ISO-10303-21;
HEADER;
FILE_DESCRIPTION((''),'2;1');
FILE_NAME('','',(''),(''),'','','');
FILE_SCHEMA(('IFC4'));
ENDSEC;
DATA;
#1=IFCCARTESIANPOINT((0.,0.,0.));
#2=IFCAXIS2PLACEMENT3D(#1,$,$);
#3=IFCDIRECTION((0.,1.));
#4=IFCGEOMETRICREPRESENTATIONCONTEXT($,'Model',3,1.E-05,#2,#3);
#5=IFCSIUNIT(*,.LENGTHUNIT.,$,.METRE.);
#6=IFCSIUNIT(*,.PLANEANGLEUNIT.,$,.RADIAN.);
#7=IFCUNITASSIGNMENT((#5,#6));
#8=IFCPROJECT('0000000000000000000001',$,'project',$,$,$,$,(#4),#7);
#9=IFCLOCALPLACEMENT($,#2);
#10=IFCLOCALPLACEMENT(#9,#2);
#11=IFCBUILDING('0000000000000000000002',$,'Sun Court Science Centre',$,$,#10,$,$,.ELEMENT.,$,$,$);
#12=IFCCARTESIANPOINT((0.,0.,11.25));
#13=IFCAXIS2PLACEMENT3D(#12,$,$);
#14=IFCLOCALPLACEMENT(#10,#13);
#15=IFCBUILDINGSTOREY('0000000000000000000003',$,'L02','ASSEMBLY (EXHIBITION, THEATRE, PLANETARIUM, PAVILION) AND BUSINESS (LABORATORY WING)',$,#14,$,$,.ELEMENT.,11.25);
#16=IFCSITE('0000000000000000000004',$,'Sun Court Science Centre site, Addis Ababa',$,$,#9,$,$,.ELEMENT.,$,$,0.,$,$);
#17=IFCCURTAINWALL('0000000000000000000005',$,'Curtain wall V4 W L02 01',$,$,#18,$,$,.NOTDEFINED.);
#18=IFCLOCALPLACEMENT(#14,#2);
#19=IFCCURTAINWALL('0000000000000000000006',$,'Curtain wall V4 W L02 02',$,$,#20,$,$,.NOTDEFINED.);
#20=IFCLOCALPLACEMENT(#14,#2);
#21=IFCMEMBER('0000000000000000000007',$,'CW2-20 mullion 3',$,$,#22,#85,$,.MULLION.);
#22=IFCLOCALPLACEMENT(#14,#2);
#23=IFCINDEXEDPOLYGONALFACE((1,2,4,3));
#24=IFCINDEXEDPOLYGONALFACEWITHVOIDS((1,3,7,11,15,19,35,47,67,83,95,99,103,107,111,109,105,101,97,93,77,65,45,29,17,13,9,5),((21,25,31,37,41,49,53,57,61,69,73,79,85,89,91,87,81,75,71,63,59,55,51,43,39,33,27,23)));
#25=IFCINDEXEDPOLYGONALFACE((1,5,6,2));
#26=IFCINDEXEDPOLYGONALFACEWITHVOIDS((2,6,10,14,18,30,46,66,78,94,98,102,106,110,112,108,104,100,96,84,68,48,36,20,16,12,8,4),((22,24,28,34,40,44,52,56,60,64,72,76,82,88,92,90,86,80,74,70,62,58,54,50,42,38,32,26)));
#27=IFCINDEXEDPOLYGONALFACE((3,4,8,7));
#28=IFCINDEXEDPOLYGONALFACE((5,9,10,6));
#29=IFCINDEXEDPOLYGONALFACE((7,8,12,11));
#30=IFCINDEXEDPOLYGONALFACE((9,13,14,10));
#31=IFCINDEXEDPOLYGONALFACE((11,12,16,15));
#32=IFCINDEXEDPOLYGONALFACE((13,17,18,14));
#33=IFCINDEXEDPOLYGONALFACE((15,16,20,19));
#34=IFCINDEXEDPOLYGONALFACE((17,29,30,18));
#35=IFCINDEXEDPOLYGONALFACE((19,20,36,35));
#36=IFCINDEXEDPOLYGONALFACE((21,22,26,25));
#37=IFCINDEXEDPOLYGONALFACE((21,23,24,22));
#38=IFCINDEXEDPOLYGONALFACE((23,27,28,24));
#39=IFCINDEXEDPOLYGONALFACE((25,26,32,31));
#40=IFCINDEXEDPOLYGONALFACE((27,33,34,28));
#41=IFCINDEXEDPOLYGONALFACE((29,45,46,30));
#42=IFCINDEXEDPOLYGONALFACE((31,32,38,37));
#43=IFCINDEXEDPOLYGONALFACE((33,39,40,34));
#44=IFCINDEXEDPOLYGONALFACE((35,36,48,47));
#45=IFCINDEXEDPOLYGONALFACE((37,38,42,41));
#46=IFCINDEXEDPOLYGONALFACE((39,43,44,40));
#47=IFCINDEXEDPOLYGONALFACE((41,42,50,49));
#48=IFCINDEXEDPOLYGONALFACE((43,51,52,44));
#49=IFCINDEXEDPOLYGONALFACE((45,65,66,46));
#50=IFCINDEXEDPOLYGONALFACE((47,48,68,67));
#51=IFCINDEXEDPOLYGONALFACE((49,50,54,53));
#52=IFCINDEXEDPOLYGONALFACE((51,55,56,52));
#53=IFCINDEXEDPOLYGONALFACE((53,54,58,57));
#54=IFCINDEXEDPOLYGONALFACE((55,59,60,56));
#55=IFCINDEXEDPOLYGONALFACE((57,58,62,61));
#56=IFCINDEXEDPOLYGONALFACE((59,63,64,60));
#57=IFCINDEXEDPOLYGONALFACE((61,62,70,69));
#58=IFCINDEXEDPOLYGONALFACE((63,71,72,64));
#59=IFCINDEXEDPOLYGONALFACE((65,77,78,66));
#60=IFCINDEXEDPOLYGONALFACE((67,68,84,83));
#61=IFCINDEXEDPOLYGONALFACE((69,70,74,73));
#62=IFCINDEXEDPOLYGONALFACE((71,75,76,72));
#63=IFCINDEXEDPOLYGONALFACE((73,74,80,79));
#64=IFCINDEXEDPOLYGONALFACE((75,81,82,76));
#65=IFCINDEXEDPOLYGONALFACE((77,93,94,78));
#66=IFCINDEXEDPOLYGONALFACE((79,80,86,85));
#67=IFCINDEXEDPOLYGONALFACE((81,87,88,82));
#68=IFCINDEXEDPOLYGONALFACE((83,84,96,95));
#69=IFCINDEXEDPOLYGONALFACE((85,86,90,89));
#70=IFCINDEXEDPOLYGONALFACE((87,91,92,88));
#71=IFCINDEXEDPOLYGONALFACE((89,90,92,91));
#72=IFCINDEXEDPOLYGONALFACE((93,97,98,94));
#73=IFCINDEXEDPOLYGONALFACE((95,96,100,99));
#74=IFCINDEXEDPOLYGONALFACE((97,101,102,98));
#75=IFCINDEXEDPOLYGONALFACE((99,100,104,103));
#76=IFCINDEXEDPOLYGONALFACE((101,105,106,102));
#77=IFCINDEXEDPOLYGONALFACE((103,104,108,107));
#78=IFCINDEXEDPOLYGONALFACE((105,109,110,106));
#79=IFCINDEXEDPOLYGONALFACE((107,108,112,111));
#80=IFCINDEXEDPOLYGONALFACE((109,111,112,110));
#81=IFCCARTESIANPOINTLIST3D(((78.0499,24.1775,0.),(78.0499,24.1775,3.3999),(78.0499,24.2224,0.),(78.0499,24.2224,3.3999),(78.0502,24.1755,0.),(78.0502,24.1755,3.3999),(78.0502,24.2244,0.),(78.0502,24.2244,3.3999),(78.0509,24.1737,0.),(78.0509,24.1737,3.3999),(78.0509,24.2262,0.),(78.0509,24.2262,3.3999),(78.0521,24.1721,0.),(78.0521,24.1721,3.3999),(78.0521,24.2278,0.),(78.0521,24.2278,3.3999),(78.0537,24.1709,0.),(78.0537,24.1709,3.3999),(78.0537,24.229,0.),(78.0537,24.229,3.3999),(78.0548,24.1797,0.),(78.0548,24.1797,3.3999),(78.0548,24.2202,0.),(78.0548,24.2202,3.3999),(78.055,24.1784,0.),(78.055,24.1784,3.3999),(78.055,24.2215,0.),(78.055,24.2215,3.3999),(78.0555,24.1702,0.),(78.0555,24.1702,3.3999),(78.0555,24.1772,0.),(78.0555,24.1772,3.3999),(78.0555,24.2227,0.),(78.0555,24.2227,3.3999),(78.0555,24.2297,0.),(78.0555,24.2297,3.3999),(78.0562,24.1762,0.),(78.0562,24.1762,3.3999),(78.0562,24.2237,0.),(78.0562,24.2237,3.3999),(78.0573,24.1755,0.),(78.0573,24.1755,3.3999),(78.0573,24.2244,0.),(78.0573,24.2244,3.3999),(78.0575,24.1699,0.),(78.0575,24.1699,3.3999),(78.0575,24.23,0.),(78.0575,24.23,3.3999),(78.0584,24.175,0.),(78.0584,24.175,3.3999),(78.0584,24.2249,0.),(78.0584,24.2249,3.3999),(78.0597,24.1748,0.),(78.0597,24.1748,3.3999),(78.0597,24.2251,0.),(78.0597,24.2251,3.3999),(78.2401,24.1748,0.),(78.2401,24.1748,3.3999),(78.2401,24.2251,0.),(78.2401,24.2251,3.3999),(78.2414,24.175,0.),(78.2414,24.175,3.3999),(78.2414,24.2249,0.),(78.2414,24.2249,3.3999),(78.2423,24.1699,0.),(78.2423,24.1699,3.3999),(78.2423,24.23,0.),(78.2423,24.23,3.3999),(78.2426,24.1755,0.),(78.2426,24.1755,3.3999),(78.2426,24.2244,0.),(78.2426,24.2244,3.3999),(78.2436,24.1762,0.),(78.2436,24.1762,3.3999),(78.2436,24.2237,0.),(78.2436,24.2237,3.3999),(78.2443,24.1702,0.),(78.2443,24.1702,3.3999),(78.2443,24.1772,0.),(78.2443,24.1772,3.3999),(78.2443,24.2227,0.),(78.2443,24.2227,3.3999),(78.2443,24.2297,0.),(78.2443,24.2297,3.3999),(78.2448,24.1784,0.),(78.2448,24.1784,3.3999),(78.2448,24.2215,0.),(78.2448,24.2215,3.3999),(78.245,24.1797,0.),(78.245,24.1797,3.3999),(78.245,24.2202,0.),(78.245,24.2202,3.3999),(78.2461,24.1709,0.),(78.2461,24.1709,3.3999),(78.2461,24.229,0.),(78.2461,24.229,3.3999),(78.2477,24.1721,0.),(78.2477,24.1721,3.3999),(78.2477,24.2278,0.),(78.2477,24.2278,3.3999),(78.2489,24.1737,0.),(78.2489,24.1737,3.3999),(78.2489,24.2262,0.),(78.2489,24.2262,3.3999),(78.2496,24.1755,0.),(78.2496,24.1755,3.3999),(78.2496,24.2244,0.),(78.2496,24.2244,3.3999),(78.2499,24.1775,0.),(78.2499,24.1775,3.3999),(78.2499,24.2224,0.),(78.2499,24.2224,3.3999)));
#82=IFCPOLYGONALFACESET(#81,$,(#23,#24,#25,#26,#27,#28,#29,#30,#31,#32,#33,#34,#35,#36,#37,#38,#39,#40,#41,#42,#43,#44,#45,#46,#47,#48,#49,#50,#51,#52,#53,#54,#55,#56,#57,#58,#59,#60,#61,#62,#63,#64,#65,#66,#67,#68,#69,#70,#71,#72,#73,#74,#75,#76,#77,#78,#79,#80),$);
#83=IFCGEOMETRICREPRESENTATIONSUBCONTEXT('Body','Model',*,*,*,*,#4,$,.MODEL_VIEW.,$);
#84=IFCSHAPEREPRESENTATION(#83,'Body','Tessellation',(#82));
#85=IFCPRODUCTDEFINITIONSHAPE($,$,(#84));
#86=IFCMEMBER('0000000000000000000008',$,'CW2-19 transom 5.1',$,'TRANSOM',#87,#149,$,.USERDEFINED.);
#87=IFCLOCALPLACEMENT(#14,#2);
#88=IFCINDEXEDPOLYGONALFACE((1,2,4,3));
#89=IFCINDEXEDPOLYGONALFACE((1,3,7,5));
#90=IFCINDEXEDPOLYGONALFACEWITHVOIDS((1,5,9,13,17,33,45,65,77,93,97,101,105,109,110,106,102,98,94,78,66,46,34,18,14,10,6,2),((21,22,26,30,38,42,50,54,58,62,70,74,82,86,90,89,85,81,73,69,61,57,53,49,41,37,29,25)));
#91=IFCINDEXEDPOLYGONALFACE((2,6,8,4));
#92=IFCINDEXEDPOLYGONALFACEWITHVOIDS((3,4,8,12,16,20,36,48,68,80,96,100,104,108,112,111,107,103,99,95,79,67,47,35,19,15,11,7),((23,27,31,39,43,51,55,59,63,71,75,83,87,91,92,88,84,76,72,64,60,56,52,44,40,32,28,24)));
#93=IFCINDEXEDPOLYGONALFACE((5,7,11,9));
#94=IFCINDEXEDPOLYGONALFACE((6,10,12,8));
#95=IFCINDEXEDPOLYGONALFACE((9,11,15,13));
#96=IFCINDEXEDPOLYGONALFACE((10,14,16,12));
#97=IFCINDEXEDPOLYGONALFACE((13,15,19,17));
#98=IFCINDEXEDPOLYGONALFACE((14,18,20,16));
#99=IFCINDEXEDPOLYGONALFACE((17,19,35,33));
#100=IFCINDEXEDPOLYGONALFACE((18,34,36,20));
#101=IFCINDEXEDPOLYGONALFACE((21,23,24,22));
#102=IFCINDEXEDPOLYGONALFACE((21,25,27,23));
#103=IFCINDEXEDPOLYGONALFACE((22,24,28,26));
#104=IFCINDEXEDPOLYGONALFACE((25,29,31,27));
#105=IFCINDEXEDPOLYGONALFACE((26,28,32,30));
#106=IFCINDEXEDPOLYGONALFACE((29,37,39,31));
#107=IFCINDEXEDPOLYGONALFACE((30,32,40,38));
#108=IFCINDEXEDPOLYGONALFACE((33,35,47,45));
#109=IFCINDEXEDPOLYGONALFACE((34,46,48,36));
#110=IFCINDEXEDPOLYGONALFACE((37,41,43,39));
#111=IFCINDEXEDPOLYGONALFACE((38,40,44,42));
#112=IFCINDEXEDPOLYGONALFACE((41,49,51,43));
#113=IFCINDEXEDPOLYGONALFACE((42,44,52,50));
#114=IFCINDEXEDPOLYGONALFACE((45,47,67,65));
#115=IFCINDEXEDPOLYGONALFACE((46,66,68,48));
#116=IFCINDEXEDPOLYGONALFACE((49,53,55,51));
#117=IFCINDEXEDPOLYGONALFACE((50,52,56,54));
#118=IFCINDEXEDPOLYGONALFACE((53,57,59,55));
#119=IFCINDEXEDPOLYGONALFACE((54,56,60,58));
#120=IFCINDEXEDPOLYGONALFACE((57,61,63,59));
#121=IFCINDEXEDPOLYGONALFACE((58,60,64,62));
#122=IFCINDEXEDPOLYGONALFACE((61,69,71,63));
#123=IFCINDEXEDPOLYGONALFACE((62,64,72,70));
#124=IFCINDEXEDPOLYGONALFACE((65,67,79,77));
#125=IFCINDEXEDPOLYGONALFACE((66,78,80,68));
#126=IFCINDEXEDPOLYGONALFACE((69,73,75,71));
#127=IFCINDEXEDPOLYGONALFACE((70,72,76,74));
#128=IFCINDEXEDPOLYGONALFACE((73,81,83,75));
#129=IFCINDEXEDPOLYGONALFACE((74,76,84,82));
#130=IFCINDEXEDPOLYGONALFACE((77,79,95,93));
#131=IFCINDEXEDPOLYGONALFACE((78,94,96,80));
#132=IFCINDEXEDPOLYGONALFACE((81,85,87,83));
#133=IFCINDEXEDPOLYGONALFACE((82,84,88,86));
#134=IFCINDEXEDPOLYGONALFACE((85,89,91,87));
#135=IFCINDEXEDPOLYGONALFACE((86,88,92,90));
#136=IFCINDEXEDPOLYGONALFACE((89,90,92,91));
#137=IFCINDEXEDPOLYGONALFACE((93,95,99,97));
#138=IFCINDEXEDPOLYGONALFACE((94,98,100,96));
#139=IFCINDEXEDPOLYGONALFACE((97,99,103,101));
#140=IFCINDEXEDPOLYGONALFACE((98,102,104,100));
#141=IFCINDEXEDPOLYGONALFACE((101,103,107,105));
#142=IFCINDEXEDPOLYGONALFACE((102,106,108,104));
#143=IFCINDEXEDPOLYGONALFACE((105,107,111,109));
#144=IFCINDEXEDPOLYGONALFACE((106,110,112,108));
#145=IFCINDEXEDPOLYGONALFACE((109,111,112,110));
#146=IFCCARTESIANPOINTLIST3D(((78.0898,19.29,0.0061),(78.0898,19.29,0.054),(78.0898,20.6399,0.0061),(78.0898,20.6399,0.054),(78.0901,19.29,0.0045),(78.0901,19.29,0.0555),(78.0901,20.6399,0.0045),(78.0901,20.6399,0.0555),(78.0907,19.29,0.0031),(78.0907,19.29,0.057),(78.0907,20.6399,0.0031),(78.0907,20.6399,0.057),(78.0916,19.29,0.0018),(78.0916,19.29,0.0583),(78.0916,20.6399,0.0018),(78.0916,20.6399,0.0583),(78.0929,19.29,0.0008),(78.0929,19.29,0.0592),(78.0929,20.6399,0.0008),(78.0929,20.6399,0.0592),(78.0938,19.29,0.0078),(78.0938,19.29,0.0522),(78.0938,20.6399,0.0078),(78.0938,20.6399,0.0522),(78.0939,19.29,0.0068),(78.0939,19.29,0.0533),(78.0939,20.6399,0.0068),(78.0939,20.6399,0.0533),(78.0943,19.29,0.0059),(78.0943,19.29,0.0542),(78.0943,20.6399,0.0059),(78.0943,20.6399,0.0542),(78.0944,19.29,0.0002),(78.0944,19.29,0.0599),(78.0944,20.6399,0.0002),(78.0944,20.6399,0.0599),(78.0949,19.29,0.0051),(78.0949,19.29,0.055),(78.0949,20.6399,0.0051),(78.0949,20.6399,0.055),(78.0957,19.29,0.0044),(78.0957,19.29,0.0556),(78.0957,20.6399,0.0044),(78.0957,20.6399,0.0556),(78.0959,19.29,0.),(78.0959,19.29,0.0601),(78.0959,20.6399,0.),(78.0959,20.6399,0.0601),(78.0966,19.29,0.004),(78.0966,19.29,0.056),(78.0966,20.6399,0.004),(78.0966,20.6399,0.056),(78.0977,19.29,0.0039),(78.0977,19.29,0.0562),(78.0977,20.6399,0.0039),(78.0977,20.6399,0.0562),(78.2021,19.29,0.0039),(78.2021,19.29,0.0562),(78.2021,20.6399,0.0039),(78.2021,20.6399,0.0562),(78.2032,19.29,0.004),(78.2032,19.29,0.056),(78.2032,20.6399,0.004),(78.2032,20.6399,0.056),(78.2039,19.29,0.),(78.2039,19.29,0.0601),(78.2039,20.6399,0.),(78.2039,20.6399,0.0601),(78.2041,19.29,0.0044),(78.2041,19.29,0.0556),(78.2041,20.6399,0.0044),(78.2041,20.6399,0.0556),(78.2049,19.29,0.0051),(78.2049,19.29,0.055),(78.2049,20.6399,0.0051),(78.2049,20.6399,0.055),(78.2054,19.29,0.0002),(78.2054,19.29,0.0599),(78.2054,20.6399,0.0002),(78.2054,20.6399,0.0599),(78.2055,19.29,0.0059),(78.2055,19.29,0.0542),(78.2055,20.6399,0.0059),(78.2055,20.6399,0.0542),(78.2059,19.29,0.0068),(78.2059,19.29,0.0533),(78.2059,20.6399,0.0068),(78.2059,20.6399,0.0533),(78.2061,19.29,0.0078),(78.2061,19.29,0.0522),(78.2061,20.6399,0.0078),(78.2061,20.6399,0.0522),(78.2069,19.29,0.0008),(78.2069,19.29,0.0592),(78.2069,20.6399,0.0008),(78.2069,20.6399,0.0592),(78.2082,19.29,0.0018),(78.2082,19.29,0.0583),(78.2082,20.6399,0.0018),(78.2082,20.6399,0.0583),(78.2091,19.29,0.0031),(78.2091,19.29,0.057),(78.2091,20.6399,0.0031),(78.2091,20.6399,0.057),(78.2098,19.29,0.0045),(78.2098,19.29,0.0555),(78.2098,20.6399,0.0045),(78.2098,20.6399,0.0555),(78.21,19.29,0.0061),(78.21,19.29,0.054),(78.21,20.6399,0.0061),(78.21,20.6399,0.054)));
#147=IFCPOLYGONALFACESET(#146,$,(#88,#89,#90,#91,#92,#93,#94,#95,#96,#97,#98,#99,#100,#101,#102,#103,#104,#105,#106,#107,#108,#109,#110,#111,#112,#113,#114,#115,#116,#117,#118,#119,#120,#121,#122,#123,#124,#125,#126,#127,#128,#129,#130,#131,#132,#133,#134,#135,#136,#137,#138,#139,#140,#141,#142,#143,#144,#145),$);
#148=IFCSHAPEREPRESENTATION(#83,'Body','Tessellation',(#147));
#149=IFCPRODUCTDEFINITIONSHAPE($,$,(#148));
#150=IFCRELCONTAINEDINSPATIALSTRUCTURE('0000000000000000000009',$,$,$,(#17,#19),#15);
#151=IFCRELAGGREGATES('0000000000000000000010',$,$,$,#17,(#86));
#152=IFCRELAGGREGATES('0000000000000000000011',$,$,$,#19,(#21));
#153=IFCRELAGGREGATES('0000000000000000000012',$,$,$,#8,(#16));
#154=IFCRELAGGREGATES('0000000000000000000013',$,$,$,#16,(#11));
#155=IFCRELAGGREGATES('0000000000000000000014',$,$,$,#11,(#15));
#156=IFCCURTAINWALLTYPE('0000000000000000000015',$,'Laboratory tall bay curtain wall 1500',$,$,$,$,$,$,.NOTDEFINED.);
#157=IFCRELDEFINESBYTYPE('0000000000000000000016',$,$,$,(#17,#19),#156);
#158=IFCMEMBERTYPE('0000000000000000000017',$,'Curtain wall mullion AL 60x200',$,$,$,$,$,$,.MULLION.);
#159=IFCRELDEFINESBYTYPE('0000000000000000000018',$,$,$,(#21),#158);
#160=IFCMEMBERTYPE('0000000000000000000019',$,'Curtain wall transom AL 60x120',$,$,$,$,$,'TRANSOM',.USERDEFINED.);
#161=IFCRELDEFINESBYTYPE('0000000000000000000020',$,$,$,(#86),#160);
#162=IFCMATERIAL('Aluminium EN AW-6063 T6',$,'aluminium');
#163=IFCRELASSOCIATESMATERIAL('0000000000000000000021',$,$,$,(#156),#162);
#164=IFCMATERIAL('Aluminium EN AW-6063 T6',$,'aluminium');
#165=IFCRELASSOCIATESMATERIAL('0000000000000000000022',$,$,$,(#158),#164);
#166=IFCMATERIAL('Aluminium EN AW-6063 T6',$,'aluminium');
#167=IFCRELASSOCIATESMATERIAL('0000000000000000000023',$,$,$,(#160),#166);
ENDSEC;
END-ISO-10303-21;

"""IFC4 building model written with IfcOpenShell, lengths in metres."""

from ifc_helpers import new_model, si_unit, direction, frame, origin, origin_2d, place, context, subcontext, project, spatial, hollow_rectangle, extrude, material, material_profile, profile_set, type_object, element, aggregate, save


model = new_model("IFC4")

# Units and contexts
model_context = context("Model", 3, precision=1e-05, world=origin(), true_north=direction((0.0, 1.0)))
body_context = subcontext(model_context, "Body", "Model", "MODEL_VIEW")
ifc_project = project(units=[si_unit("LENGTHUNIT", "METRE"), si_unit("PLANEANGLEUNIT", "RADIAN")], contexts=[model_context])

# Site, building, storey
site_placement = place(None, origin())
site = spatial("IfcSite", under=ifc_project, at=site_placement, Name="Sun Court Science Centre site, Addis Ababa", CompositionType="ELEMENT", RefElevation=0.0)
building_placement = place(site_placement, origin())
building = spatial("IfcBuilding", under=site, at=building_placement, Name="Sun Court Science Centre", CompositionType="ELEMENT")
storey_placement = place(building_placement, frame((0.0, 0.0, 11.25)))
storey = spatial("IfcBuildingStorey", under=building, at=storey_placement, Name="L02", Description="ASSEMBLY (EXHIBITION, THEATRE, PLANETARIUM, PAVILION) AND BUSINESS (LABORATORY WING)", CompositionType="ELEMENT", Elevation=11.25)

# Curtain walls, member
ifc_material_1 = material(Name="Aluminium EN AW-6063 T6", Category="aluminium")
curtain_wall_type = type_object("IfcCurtainWallType", Name="Laboratory tall bay curtain wall 1500", PredefinedType="NOTDEFINED", material=ifc_material_1)
curtain_wall_1_placement = place(storey_placement, origin())
curtain_wall_1 = element("IfcCurtainWall", 1, at=curtain_wall_1_placement, inside=storey, type_object=curtain_wall_type, Name="Curtain wall V4 W L02 01", PredefinedType="NOTDEFINED")
ifc_material_2 = material(Name="Aluminium EN AW-6063 T6", Category="aluminium")
ifc_material_profile_1 = material_profile(ifc_material_2, hollow_rectangle(XDim=0.0601, YDim=0.2, WallThickness=0.0049, InnerFilletRadius=0.0049, OuterFilletRadius=0.0076, at=origin_2d()), Name="AL 60x200x5")
ifc_profile_set_1 = profile_set([ifc_material_profile_1], Name="Aluminium EN AW-6063 T6")
member_type_1 = type_object("IfcMemberType", Name="Curtain wall mullion AL 60x200", PredefinedType="MULLION", material=ifc_profile_set_1)
curtain_wall_2_placement = place(storey_placement, origin())
curtain_wall_2 = element("IfcCurtainWall", 2, at=curtain_wall_2_placement, inside=storey, type_object=curtain_wall_type, Name="Curtain wall V4 W L02 02", PredefinedType="NOTDEFINED")
member_1_placement = place(storey_placement, frame((78.1499, 24.2, 0.0), z_axis=(0.0, 0.0, 1.0), x_axis=(0.0, 1.0, 0.0)))
member_1 = element("IfcMember", 3, at=member_1_placement, type_object=member_type_1, Name="CW2-20 mullion 3", PredefinedType="MULLION", context=body_context, shape_type="SweptSolid", body=[
    extrude(hollow_rectangle(XDim=0.0601, YDim=0.2, WallThickness=0.0049, InnerFilletRadius=0.0049, OuterFilletRadius=0.0076, at=origin_2d()), origin(), (0.0, 0.0, 1.0), 3.3999),
])

# Member
ifc_material_3 = material(Name="Aluminium EN AW-6063 T6", Category="aluminium")
ifc_material_profile_2 = material_profile(ifc_material_3, hollow_rectangle(XDim=0.0601, YDim=0.1201, WallThickness=0.0039, InnerFilletRadius=0.0039, OuterFilletRadius=0.0061, at=origin_2d()), Name="AL 60x120x4")
ifc_profile_set_2 = profile_set([ifc_material_profile_2], Name="Aluminium EN AW-6063 T6")
member_type_2 = type_object("IfcMemberType", Name="Curtain wall transom AL 60x120", ElementType="TRANSOM", PredefinedType="USERDEFINED", material=ifc_profile_set_2)
member_2_placement = place(storey_placement, frame((78.1499, 19.29, 0.03), z_axis=(0.0, 1.0, 0.0), x_axis=(0.0, 0.0, 1.0)))
member_2 = element("IfcMember", 4, at=member_2_placement, type_object=member_type_2, Name="CW2-19 transom 5.1", ObjectType="TRANSOM", PredefinedType="USERDEFINED", context=body_context, shape_type="SweptSolid", body=[
    extrude(hollow_rectangle(XDim=0.0601, YDim=0.1201, WallThickness=0.0039, InnerFilletRadius=0.0039, OuterFilletRadius=0.0061, at=origin_2d()), origin(), (0.0, 0.0, 1.0), 1.3499),
])

aggregate(curtain_wall_1, [member_2])
aggregate(curtain_wall_2, [member_1])

save(model, "model.ifc")
